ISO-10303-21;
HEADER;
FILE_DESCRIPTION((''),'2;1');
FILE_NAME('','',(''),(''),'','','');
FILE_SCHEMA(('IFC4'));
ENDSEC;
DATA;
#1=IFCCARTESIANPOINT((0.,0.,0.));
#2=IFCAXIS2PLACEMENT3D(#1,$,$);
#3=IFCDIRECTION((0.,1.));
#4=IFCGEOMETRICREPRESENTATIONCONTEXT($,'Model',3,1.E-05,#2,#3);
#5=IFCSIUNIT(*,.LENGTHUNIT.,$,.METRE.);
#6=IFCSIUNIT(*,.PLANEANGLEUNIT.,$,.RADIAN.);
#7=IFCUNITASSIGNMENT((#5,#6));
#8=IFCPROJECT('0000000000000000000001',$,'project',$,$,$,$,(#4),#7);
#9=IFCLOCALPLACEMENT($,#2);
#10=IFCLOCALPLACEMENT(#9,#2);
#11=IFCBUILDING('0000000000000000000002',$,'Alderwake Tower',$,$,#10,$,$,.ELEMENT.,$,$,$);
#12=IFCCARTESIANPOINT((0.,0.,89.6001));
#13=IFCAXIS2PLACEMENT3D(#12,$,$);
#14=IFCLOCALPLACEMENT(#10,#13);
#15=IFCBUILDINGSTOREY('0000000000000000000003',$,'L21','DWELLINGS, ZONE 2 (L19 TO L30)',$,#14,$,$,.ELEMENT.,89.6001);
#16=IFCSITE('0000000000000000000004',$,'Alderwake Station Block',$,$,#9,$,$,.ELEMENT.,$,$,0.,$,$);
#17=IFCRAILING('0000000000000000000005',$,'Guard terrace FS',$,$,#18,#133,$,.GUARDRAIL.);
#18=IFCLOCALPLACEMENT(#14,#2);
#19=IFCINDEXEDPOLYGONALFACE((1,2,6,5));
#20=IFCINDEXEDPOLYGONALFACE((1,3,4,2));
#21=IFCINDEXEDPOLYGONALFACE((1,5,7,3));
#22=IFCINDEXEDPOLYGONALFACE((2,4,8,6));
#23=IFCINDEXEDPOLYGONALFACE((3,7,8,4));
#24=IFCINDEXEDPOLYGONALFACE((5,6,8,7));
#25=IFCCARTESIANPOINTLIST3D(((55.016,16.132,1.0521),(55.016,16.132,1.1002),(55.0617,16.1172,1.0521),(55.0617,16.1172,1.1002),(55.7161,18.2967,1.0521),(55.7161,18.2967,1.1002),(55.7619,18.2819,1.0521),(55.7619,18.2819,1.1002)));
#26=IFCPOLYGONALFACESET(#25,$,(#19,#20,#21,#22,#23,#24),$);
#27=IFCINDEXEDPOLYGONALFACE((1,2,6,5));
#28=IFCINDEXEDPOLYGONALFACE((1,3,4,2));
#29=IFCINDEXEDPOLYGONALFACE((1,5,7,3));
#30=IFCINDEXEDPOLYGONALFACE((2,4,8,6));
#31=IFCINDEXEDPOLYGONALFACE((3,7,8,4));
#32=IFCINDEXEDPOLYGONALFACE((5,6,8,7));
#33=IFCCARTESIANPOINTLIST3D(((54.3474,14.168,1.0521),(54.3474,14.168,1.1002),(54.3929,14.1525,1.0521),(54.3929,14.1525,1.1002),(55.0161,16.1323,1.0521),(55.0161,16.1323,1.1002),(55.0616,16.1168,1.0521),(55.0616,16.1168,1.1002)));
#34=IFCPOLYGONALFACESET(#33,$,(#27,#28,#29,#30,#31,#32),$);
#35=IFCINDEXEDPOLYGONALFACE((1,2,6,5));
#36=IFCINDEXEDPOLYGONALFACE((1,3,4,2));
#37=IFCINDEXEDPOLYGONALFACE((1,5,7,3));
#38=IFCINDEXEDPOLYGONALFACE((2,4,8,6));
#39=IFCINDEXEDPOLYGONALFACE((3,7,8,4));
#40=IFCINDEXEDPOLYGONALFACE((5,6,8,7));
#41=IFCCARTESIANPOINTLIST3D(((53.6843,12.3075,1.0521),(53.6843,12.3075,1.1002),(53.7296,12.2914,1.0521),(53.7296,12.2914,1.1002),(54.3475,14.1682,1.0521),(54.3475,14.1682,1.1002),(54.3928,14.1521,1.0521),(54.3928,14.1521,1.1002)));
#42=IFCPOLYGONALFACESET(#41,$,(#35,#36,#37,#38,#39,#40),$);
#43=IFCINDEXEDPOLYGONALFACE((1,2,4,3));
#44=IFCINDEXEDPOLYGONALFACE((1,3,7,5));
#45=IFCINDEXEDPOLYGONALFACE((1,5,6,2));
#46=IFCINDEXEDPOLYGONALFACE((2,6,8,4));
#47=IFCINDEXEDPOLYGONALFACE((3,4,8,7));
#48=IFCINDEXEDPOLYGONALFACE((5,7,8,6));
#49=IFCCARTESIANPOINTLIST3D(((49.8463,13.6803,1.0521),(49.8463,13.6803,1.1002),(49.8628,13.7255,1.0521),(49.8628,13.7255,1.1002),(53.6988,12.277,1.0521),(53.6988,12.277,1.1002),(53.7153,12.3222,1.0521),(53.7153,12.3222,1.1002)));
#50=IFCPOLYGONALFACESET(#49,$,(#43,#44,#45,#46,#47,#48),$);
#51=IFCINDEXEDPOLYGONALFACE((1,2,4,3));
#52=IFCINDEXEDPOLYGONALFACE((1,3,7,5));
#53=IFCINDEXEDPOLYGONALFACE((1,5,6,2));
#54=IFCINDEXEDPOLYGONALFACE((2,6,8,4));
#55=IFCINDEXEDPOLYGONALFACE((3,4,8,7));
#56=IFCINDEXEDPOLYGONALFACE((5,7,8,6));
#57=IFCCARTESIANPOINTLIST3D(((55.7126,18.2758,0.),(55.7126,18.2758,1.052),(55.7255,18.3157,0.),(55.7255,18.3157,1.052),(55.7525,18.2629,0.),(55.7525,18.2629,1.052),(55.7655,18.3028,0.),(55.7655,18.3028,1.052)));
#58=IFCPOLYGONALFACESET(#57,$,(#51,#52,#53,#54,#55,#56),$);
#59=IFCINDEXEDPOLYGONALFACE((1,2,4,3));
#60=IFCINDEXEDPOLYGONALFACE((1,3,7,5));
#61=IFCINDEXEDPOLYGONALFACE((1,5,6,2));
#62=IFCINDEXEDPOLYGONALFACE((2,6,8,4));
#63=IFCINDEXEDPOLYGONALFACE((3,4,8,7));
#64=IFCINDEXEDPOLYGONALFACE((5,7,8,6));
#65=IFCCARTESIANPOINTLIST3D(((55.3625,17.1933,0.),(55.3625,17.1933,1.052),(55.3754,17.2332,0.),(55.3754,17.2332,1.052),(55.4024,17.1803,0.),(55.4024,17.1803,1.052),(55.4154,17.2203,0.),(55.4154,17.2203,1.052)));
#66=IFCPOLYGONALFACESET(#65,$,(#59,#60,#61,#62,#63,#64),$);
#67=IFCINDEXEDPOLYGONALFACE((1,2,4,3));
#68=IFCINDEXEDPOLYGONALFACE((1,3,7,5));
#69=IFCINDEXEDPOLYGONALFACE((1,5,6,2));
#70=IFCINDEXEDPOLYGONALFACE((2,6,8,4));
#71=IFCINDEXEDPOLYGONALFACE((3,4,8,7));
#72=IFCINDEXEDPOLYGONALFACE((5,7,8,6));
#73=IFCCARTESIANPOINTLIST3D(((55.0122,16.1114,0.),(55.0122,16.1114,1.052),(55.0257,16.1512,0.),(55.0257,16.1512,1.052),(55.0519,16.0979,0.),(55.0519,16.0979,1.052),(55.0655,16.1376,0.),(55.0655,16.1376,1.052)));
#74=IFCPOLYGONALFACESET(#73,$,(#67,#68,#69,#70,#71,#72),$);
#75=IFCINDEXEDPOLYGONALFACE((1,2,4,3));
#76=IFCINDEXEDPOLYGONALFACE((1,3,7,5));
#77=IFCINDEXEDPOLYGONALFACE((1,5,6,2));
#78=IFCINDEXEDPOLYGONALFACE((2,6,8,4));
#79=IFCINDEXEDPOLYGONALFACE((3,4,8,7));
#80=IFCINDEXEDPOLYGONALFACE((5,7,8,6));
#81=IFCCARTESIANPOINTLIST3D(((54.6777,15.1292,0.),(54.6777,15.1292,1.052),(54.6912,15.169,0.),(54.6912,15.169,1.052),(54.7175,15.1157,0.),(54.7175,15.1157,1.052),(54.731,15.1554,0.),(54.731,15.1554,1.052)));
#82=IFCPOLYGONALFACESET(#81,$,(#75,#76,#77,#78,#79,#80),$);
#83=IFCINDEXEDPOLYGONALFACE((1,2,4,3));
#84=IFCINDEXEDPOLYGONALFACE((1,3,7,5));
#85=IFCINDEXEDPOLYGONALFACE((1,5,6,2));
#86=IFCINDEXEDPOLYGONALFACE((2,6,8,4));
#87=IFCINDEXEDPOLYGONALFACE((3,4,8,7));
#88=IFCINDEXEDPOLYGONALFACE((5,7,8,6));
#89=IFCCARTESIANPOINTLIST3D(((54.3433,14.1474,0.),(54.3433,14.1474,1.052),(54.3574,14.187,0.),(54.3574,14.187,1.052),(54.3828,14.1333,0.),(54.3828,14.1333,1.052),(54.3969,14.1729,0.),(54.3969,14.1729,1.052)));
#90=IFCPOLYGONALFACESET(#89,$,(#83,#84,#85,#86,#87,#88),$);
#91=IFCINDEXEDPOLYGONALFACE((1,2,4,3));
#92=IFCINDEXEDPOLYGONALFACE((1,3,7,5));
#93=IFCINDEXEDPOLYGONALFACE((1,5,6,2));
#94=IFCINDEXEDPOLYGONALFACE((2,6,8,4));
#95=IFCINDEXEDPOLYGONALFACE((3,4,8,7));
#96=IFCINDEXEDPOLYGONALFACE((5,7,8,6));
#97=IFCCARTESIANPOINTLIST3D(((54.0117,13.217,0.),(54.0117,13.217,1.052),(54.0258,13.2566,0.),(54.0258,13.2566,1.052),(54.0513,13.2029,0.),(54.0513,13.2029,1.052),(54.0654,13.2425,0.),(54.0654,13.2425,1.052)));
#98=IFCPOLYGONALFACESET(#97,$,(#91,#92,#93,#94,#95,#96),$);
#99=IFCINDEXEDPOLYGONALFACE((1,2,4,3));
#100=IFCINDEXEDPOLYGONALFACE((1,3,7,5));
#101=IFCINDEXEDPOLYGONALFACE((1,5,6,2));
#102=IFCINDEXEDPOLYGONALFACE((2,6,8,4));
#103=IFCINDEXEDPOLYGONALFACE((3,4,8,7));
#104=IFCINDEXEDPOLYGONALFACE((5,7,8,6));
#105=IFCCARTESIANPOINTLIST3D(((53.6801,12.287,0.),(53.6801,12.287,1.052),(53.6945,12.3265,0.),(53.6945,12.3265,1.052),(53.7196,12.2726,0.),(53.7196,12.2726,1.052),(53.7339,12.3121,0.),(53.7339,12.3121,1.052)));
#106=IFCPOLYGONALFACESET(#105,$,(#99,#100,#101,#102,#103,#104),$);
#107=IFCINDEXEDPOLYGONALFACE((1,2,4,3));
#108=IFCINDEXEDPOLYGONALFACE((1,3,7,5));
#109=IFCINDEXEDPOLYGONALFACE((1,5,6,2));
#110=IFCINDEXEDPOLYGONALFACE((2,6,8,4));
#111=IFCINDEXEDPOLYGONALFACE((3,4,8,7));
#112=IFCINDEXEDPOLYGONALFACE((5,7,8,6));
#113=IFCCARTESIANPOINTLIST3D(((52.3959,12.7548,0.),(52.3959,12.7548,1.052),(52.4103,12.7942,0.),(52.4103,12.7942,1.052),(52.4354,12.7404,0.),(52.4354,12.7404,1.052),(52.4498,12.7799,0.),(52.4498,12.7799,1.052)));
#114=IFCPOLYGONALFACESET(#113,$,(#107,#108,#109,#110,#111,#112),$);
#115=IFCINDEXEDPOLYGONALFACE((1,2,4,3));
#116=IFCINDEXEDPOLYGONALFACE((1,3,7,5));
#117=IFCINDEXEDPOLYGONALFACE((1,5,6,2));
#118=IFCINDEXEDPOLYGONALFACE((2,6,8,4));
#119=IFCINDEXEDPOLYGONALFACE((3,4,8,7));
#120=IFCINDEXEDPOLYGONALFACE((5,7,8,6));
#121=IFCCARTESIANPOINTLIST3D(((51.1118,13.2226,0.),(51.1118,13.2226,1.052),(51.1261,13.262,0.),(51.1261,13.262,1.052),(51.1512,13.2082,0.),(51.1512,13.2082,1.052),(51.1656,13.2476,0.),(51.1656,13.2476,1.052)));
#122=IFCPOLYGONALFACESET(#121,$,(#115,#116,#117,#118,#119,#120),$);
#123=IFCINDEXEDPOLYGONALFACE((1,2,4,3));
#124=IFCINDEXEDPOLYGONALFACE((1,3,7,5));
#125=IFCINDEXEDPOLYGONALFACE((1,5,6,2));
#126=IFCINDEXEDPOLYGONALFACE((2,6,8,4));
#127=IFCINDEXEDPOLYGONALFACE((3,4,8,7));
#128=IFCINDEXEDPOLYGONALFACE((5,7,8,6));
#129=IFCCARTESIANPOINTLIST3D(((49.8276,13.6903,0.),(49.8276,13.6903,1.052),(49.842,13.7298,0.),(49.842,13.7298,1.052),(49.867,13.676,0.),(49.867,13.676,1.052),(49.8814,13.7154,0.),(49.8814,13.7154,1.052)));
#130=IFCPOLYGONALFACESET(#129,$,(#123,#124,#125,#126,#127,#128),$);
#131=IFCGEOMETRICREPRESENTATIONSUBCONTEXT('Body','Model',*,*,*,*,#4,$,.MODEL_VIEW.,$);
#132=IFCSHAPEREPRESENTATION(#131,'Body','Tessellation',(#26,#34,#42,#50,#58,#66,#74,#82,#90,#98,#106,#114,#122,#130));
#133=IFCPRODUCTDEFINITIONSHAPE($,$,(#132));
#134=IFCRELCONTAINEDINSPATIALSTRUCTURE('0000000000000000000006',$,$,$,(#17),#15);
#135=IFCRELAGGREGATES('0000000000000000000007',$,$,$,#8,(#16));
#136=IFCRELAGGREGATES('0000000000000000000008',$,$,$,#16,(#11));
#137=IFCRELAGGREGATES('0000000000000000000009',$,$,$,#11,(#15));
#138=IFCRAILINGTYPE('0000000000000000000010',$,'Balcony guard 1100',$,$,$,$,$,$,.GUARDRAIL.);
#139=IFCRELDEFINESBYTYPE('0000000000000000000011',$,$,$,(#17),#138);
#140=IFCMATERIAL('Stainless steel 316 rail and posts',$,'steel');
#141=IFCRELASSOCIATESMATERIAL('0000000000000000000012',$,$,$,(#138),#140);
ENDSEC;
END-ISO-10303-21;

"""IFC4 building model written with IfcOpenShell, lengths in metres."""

from ifc_helpers import new_model, si_unit, direction, frame, origin, origin_2d, place, context, subcontext, project, spatial, rectangle, extrude, material, type_object, element, save


model = new_model("IFC4")

# Units and contexts
model_context = context("Model", 3, precision=1e-05, world=origin(), true_north=direction((0.0, 1.0)))
body_context = subcontext(model_context, "Body", "Model", "MODEL_VIEW")
ifc_project = project(units=[si_unit("LENGTHUNIT", "METRE"), si_unit("PLANEANGLEUNIT", "RADIAN")], contexts=[model_context])

# Site, building, storey
site_placement = place(None, origin())
site = spatial("IfcSite", under=ifc_project, at=site_placement, Name="Alderwake Station Block", CompositionType="ELEMENT", RefElevation=0.0)
building_placement = place(site_placement, origin())
building = spatial("IfcBuilding", under=site, at=building_placement, Name="Alderwake Tower", CompositionType="ELEMENT")
storey_placement = place(building_placement, frame((0.0, 0.0, 89.6001)))
storey = spatial("IfcBuildingStorey", under=building, at=storey_placement, Name="L21", Description="DWELLINGS, ZONE 2 (L19 TO L30)", CompositionType="ELEMENT", Elevation=89.6001)

# Railing
ifc_material_1 = material(Name="Stainless steel 316 rail and posts", Category="steel")
railing_type = type_object("IfcRailingType", Name="Balcony guard 1100", PredefinedType="GUARDRAIL", material=ifc_material_1)
railing_1_placement = place(storey_placement, frame((55.739, 18.2893, 0.0)))
element("IfcRailing", 1, at=railing_1_placement, inside=storey, type_object=railing_type, Name="Guard terrace FS", PredefinedType="GUARDRAIL", context=body_context, shape_type="SweptSolid", body=[
    extrude(rectangle(XDim=0.0481, YDim=0.0481, at=origin_2d()), frame((0.0, 0.0, 1.0762), z_axis=(-0.307749, -0.951468, 0.0), x_axis=(0.951468, -0.307749, 0.0)), (0.0, 0.0, 1.0), 2.2751),
    extrude(rectangle(XDim=0.0481, YDim=0.0481, at=origin_2d()), frame((-0.7002, -2.1648, 1.0762), z_axis=(-0.322257, -0.946652, 0.0), x_axis=(0.946652, -0.322257, 0.0)), (0.0, 0.0, 1.0), 2.075),
    extrude(rectangle(XDim=0.0481, YDim=0.0481, at=origin_2d()), frame((-1.3689, -4.1292, 1.0762), z_axis=(-0.335702, -0.941968, 0.0), x_axis=(0.941968, -0.335702, 0.0)), (0.0, 0.0, 1.0), 1.9753),
    extrude(rectangle(XDim=0.0481, YDim=0.0481, at=origin_2d()), frame((-2.032, -5.9897, 1.0762), z_axis=(-0.939606, 0.342259, 0.0), x_axis=(-0.342259, -0.939606, 0.0)), (0.0, 0.0, 1.0), 4.1001),
    extrude(rectangle(XDim=0.042, YDim=0.042, at=origin_2d()), frame((0.0, 0.0, 0.0), z_axis=(0.0, 0.0, 1.0), x_axis=(-0.307749, -0.951468, 0.0)), (0.0, 0.0, 1.0), 1.052),
    extrude(rectangle(XDim=0.042, YDim=0.042, at=origin_2d()), frame((-0.3501, -1.0825, 0.0), z_axis=(0.0, 0.0, 1.0), x_axis=(-0.307749, -0.951468, 0.0)), (0.0, 0.0, 1.0), 1.052),
    extrude(rectangle(XDim=0.042, YDim=0.042, at=origin_2d()), frame((-0.7002, -2.1648, 0.0), z_axis=(0.0, 0.0, 1.0), x_axis=(-0.322257, -0.946652, 0.0)), (0.0, 0.0, 1.0), 1.052),
    extrude(rectangle(XDim=0.042, YDim=0.042, at=origin_2d()), frame((-1.0347, -3.147, 0.0), z_axis=(0.0, 0.0, 1.0), x_axis=(-0.322257, -0.946652, 0.0)), (0.0, 0.0, 1.0), 1.052),
    extrude(rectangle(XDim=0.042, YDim=0.042, at=origin_2d()), frame((-1.3689, -4.1292, 0.0), z_axis=(0.0, 0.0, 1.0), x_axis=(-0.335702, -0.941968, 0.0)), (0.0, 0.0, 1.0), 1.052),
    extrude(rectangle(XDim=0.042, YDim=0.042, at=origin_2d()), frame((-1.7004, -5.0596, 0.0), z_axis=(0.0, 0.0, 1.0), x_axis=(-0.335702, -0.941968, 0.0)), (0.0, 0.0, 1.0), 1.052),
    extrude(rectangle(XDim=0.042, YDim=0.042, at=origin_2d()), frame((-2.032, -5.9897, 0.0), z_axis=(0.0, 0.0, 1.0), x_axis=(-0.939606, 0.342259, 0.0)), (0.0, 0.0, 1.0), 1.052),
    extrude(rectangle(XDim=0.042, YDim=0.042, at=origin_2d()), frame((-3.3162, -5.522, 0.0), z_axis=(0.0, 0.0, 1.0), x_axis=(-0.939606, 0.342259, 0.0)), (0.0, 0.0, 1.0), 1.052),
    extrude(rectangle(XDim=0.042, YDim=0.042, at=origin_2d()), frame((-4.6003, -5.0542, 0.0), z_axis=(0.0, 0.0, 1.0), x_axis=(-0.939606, 0.342259, 0.0)), (0.0, 0.0, 1.0), 1.052),
    extrude(rectangle(XDim=0.042, YDim=0.042, at=origin_2d()), frame((-5.8845, -4.5864, 0.0), z_axis=(0.0, 0.0, 1.0), x_axis=(-0.939606, 0.342259, 0.0)), (0.0, 0.0, 1.0), 1.052),
])

save(model, "model.ifc")
